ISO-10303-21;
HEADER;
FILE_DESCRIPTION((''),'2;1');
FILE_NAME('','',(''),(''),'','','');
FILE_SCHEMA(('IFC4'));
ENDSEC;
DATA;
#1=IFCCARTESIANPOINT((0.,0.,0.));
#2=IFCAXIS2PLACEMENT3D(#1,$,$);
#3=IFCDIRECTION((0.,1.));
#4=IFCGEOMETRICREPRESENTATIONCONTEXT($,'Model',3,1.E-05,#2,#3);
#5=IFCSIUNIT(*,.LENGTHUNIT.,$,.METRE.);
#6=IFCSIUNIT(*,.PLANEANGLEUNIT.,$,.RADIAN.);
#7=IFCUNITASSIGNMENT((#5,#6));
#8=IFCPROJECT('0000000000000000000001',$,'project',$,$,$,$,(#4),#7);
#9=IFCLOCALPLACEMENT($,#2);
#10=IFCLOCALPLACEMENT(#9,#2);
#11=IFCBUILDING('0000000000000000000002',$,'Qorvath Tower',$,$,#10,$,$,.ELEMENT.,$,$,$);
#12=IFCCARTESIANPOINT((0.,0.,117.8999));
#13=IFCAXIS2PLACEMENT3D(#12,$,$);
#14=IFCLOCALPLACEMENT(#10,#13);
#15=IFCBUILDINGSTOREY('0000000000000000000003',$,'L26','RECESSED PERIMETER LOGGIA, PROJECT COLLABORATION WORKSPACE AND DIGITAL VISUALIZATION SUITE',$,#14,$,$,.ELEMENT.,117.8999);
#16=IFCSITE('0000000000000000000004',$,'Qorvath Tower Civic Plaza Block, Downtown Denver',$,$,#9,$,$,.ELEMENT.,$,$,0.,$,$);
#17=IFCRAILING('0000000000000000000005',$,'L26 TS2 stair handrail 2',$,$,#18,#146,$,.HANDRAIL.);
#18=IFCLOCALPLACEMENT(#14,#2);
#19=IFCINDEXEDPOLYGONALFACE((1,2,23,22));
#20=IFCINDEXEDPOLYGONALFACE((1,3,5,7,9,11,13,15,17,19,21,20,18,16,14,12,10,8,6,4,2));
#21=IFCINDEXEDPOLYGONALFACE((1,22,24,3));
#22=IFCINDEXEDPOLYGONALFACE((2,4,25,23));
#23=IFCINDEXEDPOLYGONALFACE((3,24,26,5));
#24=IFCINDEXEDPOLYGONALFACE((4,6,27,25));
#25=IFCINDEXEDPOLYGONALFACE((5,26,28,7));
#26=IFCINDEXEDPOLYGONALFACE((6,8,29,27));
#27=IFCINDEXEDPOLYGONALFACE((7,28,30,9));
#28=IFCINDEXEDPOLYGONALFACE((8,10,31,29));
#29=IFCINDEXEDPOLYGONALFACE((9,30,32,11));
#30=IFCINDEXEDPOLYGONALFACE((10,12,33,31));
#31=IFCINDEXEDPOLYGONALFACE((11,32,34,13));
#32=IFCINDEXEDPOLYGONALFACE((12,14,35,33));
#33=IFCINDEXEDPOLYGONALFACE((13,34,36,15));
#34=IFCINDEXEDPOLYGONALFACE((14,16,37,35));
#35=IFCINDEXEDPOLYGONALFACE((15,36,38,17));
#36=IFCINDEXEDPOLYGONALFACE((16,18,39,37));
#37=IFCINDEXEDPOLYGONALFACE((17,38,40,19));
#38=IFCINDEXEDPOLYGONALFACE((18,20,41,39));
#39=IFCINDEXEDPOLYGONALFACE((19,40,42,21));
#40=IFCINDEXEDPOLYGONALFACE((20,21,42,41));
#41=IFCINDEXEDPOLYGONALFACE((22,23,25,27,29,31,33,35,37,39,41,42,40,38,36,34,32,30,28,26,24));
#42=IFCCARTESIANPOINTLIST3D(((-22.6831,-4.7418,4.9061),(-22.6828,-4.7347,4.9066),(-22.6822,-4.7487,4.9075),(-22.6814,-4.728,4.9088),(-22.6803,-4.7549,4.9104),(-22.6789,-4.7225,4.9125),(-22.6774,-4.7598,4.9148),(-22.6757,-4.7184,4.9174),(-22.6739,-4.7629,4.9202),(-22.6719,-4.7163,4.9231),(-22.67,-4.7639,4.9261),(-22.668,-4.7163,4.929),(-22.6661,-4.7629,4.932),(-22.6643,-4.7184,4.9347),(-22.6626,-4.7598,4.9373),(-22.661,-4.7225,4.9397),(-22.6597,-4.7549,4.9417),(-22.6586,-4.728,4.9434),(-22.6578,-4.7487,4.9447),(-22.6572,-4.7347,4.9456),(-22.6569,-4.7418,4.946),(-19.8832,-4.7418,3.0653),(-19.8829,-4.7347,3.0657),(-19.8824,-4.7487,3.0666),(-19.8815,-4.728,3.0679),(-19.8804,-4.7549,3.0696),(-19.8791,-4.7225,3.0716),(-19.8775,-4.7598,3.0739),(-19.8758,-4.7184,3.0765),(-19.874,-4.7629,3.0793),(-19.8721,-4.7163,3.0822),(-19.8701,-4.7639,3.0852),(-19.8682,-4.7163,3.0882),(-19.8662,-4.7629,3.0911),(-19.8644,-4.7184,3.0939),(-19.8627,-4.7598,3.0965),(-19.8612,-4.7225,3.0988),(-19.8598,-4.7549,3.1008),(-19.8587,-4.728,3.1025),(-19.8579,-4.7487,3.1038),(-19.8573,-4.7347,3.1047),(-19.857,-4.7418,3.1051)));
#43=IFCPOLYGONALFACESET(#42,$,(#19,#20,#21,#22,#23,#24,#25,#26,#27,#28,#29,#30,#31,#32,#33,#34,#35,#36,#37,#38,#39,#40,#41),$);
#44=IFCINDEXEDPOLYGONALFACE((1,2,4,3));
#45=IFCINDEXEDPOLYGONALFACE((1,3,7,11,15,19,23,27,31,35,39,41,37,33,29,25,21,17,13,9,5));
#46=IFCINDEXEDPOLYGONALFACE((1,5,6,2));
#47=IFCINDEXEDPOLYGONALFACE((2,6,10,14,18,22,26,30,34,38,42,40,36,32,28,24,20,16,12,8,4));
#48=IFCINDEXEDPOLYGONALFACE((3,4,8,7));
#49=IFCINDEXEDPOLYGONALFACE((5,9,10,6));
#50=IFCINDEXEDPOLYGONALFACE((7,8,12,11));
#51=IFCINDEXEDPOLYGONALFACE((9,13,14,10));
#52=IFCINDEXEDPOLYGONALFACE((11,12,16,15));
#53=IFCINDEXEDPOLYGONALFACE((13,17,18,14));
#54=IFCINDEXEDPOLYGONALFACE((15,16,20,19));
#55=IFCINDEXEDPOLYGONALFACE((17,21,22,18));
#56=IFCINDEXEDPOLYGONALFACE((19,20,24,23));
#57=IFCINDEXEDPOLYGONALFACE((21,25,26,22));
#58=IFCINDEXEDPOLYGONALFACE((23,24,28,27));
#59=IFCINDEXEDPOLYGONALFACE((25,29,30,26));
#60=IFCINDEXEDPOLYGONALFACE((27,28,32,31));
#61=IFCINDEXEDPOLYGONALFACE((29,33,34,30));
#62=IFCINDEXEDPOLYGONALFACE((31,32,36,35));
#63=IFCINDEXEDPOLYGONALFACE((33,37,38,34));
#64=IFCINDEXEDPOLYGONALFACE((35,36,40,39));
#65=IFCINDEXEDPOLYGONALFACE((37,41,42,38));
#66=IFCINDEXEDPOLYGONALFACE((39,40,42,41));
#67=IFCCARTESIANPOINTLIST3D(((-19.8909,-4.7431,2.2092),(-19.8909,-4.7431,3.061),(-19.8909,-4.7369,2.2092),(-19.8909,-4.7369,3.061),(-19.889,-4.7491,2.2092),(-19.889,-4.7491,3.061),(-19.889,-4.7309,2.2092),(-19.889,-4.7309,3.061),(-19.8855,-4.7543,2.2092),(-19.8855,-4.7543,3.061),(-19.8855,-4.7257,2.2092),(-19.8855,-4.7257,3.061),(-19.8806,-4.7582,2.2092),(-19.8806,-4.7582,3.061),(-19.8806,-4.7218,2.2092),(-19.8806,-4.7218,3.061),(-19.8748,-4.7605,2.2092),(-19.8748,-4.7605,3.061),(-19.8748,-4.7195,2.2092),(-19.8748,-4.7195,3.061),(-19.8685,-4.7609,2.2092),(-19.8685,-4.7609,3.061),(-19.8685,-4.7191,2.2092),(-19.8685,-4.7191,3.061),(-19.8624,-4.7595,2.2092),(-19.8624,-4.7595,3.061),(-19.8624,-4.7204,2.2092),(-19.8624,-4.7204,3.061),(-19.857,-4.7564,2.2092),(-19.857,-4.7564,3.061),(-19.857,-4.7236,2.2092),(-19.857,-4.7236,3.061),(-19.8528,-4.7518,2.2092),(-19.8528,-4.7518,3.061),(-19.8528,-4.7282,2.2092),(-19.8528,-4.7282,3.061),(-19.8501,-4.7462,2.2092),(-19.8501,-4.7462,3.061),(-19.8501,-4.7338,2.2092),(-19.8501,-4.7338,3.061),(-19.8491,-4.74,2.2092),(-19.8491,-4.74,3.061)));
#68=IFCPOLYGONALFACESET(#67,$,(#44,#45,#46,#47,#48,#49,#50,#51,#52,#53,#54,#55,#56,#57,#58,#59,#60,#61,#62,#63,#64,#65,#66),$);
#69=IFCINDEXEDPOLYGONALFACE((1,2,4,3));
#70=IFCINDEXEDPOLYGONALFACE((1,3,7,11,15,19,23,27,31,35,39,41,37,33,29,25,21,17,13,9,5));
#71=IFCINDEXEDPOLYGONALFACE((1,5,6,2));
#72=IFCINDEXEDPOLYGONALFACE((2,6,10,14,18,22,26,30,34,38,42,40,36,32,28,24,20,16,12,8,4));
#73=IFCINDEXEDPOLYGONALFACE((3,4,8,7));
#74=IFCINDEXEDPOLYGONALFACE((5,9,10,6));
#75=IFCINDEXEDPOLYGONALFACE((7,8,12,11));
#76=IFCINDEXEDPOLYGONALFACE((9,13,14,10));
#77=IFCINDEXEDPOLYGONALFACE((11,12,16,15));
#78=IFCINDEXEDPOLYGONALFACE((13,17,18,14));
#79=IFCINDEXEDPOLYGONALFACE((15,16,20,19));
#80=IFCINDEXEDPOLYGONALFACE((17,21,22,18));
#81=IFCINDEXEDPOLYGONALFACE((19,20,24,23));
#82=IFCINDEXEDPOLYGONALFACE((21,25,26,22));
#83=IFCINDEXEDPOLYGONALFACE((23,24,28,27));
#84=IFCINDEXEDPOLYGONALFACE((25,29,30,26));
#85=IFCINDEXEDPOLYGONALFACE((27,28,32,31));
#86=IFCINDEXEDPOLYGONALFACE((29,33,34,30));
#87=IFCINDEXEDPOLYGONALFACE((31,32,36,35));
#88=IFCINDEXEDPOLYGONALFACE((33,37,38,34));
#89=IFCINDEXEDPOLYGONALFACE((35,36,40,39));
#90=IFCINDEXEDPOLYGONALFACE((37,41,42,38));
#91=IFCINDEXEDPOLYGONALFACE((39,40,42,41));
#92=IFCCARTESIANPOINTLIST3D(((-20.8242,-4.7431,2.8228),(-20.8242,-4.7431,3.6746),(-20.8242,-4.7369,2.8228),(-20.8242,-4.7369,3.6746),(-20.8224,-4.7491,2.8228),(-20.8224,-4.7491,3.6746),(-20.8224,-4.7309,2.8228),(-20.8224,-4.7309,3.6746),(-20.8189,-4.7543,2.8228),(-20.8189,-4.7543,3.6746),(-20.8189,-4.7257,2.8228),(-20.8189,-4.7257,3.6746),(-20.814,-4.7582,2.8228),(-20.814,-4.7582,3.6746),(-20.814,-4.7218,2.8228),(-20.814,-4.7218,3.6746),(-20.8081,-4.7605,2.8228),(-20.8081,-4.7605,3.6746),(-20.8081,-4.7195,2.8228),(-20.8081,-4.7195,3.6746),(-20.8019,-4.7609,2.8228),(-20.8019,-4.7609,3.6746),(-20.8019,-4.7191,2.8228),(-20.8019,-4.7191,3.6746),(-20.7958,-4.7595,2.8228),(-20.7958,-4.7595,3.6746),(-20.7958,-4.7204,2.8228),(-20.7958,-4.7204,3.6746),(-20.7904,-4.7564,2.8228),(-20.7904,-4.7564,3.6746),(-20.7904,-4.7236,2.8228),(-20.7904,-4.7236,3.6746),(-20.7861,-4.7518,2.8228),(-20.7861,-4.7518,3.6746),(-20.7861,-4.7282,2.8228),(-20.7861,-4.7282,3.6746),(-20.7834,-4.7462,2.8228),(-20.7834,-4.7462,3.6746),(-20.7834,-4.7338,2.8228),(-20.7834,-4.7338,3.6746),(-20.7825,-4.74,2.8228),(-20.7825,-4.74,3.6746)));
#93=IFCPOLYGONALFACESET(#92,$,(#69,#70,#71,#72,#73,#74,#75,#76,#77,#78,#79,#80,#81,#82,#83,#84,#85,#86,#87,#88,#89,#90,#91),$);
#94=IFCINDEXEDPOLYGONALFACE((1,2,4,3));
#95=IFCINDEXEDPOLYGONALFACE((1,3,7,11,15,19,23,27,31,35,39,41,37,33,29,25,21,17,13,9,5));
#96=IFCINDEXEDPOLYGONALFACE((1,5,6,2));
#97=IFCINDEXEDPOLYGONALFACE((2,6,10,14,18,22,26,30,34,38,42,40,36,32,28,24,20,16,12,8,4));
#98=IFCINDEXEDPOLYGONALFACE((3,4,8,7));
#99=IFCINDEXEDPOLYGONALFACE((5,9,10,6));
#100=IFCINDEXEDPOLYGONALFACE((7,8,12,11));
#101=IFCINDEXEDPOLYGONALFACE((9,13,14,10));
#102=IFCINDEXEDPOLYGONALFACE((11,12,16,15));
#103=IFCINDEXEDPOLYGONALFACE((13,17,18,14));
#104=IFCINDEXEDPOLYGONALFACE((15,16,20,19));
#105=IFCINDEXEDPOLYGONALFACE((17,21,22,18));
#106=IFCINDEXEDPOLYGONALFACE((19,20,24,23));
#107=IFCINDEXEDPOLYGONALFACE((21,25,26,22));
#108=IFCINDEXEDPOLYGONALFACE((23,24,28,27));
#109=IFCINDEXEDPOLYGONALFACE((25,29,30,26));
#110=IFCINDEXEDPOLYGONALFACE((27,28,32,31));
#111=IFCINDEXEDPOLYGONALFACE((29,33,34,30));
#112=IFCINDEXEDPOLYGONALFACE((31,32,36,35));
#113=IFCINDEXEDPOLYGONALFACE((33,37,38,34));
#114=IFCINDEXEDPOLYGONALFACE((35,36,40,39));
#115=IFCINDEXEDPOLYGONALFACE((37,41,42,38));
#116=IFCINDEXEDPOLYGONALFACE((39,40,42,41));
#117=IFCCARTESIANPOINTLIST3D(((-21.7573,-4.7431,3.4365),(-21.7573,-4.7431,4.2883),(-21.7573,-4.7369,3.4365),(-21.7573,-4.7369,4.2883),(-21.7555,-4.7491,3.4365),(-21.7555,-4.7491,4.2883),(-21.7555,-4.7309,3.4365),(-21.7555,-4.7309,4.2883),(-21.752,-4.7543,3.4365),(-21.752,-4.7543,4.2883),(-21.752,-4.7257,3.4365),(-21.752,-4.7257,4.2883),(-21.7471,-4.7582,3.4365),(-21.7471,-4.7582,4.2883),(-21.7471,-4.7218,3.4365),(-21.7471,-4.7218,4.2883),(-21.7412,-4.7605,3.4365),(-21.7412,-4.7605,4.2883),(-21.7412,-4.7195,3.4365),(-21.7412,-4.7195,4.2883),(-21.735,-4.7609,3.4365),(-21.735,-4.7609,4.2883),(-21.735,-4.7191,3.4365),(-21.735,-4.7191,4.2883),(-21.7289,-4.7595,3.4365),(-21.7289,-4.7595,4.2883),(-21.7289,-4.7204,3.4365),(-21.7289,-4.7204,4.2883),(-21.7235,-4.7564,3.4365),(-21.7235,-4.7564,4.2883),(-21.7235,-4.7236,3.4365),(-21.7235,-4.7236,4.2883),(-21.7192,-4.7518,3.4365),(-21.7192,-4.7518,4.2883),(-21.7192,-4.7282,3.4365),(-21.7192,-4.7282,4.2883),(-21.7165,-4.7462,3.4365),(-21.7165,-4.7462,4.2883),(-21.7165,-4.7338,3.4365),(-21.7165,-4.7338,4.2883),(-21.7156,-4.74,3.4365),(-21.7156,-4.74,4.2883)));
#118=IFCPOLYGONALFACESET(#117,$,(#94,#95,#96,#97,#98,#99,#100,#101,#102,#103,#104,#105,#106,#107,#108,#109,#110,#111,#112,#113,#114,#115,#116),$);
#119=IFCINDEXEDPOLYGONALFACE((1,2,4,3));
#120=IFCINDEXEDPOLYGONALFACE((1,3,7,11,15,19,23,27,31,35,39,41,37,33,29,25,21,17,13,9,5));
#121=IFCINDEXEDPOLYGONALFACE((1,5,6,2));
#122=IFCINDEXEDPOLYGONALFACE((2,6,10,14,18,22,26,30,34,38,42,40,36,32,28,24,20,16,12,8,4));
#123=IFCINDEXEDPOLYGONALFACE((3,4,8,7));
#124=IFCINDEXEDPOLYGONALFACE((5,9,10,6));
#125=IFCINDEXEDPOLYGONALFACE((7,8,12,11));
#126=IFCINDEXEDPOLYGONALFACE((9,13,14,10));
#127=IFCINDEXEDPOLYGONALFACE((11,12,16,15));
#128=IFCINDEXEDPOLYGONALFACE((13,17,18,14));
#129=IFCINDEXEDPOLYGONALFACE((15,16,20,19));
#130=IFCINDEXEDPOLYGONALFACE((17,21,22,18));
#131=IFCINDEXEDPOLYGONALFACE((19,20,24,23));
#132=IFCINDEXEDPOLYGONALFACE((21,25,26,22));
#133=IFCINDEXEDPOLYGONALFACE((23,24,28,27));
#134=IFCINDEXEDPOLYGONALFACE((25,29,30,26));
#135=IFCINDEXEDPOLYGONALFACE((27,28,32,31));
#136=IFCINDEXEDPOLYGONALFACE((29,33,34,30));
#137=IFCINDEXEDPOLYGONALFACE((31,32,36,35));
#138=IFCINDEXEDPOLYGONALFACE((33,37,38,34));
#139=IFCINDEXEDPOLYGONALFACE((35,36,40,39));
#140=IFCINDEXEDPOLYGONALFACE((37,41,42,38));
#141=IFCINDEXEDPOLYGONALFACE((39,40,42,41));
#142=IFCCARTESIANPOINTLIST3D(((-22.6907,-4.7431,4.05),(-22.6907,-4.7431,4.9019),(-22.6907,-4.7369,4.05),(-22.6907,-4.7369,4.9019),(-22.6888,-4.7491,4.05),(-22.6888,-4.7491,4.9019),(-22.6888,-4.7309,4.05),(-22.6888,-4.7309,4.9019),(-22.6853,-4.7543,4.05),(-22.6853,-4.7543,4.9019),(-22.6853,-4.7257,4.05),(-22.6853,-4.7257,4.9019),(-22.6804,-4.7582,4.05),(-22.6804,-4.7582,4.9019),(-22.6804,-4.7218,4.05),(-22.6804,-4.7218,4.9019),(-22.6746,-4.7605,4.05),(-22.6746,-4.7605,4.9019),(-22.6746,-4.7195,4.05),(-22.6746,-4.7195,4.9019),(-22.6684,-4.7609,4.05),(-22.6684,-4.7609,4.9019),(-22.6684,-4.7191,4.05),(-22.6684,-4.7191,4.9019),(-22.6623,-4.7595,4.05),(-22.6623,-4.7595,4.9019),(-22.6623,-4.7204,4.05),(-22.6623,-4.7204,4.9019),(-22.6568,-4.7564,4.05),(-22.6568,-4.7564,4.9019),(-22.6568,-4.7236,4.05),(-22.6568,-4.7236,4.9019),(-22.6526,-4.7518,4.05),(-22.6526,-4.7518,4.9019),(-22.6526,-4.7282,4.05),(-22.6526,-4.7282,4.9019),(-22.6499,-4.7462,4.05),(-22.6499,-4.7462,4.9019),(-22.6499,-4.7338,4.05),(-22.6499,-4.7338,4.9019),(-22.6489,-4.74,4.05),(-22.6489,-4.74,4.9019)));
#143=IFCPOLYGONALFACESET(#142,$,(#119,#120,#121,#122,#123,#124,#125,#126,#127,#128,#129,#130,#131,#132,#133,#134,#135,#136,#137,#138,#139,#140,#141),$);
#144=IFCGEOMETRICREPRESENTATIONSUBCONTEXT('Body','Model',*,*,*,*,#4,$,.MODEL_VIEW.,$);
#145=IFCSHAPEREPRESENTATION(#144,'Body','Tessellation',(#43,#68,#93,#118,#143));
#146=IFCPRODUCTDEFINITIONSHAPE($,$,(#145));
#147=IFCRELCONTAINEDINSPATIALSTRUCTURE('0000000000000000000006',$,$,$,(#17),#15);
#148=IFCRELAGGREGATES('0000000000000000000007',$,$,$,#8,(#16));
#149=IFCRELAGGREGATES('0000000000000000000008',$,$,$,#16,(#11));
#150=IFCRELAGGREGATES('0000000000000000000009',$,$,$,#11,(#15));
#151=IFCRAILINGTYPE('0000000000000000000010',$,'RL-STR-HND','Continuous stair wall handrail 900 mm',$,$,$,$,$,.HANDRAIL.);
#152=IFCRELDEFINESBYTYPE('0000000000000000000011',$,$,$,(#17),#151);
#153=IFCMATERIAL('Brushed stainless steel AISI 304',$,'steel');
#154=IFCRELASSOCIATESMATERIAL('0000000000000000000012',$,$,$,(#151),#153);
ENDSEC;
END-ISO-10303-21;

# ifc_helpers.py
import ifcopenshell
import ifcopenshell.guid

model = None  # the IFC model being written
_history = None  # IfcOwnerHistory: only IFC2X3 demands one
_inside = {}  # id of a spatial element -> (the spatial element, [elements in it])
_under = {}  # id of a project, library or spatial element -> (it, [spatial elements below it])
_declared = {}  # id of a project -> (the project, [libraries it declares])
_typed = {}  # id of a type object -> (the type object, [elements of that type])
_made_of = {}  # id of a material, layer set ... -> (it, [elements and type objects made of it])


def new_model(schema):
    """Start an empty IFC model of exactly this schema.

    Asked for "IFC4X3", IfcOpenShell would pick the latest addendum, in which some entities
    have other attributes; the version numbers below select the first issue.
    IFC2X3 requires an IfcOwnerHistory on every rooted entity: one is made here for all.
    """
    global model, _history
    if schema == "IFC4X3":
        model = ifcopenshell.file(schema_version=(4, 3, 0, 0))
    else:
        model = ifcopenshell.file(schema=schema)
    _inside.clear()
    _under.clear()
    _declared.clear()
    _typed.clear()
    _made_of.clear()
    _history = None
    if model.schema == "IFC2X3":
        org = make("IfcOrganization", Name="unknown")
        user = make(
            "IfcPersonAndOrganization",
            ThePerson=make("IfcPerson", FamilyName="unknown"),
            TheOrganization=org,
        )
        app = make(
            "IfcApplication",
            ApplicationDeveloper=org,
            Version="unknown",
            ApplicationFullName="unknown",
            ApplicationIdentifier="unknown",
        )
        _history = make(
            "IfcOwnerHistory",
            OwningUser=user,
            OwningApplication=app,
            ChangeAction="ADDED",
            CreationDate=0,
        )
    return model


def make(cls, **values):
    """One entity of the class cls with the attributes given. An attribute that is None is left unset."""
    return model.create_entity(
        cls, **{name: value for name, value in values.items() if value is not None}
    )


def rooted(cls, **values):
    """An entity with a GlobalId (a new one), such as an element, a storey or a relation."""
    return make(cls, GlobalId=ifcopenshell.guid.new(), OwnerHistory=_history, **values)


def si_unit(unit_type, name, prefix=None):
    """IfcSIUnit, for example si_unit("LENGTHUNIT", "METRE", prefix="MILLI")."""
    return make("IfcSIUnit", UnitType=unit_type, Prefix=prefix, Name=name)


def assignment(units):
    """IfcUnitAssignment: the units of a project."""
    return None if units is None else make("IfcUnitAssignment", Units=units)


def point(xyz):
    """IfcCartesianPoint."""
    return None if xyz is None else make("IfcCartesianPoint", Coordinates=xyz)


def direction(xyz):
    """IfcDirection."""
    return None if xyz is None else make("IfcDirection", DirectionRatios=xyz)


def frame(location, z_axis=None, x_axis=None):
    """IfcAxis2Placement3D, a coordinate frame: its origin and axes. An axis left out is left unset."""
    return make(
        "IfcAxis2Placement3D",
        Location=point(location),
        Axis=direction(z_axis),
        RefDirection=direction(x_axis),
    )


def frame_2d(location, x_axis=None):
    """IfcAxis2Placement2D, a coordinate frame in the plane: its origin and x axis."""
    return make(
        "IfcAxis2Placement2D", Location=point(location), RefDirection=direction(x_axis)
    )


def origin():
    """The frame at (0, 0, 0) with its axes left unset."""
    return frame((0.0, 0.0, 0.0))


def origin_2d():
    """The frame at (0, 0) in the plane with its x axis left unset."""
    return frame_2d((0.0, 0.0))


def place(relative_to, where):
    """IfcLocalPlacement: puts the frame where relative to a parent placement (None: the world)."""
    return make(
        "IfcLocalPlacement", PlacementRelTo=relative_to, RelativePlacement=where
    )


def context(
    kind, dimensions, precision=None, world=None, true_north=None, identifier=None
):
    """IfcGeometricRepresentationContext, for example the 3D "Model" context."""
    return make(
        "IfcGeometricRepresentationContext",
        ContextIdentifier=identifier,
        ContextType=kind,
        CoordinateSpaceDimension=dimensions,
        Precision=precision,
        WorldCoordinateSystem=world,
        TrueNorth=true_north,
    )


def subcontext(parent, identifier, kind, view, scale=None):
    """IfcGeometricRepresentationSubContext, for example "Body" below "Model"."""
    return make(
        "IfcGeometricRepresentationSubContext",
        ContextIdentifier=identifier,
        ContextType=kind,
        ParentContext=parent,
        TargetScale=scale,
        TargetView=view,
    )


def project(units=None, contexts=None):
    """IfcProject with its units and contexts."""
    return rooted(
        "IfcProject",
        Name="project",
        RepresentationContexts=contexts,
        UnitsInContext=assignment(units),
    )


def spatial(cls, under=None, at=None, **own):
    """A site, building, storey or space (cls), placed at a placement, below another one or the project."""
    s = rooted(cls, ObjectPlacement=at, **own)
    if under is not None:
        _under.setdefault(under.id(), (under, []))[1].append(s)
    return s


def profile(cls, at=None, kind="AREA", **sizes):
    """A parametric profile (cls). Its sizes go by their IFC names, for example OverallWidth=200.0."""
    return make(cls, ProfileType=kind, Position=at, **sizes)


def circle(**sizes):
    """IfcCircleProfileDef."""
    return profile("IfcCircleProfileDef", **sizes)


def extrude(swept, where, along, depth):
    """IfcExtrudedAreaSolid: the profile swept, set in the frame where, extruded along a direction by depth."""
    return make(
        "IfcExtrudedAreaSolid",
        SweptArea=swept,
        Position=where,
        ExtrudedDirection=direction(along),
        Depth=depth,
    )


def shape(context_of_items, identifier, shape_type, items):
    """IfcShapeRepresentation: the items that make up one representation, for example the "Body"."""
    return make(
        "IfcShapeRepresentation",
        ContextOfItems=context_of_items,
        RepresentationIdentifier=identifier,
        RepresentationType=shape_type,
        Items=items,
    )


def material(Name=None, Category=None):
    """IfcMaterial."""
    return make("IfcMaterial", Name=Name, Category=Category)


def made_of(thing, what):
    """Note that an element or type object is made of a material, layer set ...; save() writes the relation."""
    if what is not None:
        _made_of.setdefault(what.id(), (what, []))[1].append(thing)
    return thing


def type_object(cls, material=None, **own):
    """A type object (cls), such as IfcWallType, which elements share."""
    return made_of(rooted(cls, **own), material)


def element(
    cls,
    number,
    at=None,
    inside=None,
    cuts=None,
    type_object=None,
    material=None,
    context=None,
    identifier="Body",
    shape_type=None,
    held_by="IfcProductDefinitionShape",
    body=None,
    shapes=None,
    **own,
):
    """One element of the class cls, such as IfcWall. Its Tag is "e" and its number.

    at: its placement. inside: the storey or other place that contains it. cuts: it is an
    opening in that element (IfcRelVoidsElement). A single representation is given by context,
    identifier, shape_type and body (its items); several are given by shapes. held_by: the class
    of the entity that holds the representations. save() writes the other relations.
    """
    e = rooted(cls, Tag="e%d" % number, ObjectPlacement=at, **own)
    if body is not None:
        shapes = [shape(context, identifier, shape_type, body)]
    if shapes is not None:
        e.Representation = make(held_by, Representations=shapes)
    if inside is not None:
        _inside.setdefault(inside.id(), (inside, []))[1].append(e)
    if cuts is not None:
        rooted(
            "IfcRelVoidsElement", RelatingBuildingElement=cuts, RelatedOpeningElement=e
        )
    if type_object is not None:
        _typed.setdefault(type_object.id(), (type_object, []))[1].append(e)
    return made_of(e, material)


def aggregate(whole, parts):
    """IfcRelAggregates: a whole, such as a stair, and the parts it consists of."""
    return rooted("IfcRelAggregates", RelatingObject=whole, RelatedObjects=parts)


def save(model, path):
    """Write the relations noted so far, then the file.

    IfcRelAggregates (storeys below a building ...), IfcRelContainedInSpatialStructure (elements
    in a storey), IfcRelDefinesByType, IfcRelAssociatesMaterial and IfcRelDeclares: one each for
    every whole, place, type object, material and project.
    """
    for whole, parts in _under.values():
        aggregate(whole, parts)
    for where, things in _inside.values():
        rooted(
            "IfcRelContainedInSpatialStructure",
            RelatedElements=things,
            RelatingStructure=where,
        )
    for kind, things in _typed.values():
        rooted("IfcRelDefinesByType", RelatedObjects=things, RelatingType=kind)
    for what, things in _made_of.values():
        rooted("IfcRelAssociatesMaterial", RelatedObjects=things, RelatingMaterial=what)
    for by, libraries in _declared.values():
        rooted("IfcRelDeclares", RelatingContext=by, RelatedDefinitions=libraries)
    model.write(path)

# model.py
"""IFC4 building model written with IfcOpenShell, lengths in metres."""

from ifc_helpers import new_model, si_unit, direction, frame, origin, origin_2d, place, context, subcontext, project, spatial, circle, extrude, material, type_object, element, save


model = new_model("IFC4")

# Units and contexts
model_context = context("Model", 3, precision=1e-05, world=origin(), true_north=direction((0.0, 1.0)))
body_context = subcontext(model_context, "Body", "Model", "MODEL_VIEW")
ifc_project = project(units=[si_unit("LENGTHUNIT", "METRE"), si_unit("PLANEANGLEUNIT", "RADIAN")], contexts=[model_context])

# Site, building, storey
site_placement = place(None, origin())
site = spatial("IfcSite", under=ifc_project, at=site_placement, Name="Qorvath Tower Civic Plaza Block, Downtown Denver", CompositionType="ELEMENT", RefElevation=0.0)
building_placement = place(site_placement, origin())
building = spatial("IfcBuilding", under=site, at=building_placement, Name="Qorvath Tower", CompositionType="ELEMENT")
storey_placement = place(building_placement, frame((0.0, 0.0, 117.8999)))
storey = spatial("IfcBuildingStorey", under=building, at=storey_placement, Name="L26", Description="RECESSED PERIMETER LOGGIA, PROJECT COLLABORATION WORKSPACE AND DIGITAL VISUALIZATION SUITE", CompositionType="ELEMENT", Elevation=117.8999)

# Railing
ifc_material_1 = material(Name="Brushed stainless steel AISI 304", Category="steel")
railing_type_1 = type_object("IfcRailingType", Name="RL-STR-HND", Description="Continuous stair wall handrail 900 mm", PredefinedType="HANDRAIL", material=ifc_material_1)
railing_1_placement = place(storey_placement, frame((-19.8701, -4.74, 2.2092)))
element("IfcRailing", 1, at=railing_1_placement, inside=storey, type_object=railing_type_1, Name="L26 TS2 stair handrail 2", PredefinedType="HANDRAIL", context=body_context, shape_type="SweptSolid", body=[
    extrude(circle(Radius=0.0239, at=origin_2d()), frame((0.0, 0.0, 0.876), z_axis=(-0.835576, 0.0, 0.549376), x_axis=(0.0, -1.0, 0.0)), (0.0, 0.0, 1.0), 3.3508),
    extrude(circle(Radius=0.021, at=origin_2d()), origin(), (0.0, 0.0, 1.0), 0.8518),
    extrude(circle(Radius=0.021, at=origin_2d()), frame((-0.9333, 0.0, 0.6135)), (0.0, 0.0, 1.0), 0.8518),
    extrude(circle(Radius=0.021, at=origin_2d()), frame((-1.8665, 0.0, 1.2273)), (0.0, 0.0, 1.0), 0.8518),
    extrude(circle(Radius=0.021, at=origin_2d()), frame((-2.7998, 0.0, 1.8408)), (0.0, 0.0, 1.0), 0.8518),
])

save(model, "model.ifc")
